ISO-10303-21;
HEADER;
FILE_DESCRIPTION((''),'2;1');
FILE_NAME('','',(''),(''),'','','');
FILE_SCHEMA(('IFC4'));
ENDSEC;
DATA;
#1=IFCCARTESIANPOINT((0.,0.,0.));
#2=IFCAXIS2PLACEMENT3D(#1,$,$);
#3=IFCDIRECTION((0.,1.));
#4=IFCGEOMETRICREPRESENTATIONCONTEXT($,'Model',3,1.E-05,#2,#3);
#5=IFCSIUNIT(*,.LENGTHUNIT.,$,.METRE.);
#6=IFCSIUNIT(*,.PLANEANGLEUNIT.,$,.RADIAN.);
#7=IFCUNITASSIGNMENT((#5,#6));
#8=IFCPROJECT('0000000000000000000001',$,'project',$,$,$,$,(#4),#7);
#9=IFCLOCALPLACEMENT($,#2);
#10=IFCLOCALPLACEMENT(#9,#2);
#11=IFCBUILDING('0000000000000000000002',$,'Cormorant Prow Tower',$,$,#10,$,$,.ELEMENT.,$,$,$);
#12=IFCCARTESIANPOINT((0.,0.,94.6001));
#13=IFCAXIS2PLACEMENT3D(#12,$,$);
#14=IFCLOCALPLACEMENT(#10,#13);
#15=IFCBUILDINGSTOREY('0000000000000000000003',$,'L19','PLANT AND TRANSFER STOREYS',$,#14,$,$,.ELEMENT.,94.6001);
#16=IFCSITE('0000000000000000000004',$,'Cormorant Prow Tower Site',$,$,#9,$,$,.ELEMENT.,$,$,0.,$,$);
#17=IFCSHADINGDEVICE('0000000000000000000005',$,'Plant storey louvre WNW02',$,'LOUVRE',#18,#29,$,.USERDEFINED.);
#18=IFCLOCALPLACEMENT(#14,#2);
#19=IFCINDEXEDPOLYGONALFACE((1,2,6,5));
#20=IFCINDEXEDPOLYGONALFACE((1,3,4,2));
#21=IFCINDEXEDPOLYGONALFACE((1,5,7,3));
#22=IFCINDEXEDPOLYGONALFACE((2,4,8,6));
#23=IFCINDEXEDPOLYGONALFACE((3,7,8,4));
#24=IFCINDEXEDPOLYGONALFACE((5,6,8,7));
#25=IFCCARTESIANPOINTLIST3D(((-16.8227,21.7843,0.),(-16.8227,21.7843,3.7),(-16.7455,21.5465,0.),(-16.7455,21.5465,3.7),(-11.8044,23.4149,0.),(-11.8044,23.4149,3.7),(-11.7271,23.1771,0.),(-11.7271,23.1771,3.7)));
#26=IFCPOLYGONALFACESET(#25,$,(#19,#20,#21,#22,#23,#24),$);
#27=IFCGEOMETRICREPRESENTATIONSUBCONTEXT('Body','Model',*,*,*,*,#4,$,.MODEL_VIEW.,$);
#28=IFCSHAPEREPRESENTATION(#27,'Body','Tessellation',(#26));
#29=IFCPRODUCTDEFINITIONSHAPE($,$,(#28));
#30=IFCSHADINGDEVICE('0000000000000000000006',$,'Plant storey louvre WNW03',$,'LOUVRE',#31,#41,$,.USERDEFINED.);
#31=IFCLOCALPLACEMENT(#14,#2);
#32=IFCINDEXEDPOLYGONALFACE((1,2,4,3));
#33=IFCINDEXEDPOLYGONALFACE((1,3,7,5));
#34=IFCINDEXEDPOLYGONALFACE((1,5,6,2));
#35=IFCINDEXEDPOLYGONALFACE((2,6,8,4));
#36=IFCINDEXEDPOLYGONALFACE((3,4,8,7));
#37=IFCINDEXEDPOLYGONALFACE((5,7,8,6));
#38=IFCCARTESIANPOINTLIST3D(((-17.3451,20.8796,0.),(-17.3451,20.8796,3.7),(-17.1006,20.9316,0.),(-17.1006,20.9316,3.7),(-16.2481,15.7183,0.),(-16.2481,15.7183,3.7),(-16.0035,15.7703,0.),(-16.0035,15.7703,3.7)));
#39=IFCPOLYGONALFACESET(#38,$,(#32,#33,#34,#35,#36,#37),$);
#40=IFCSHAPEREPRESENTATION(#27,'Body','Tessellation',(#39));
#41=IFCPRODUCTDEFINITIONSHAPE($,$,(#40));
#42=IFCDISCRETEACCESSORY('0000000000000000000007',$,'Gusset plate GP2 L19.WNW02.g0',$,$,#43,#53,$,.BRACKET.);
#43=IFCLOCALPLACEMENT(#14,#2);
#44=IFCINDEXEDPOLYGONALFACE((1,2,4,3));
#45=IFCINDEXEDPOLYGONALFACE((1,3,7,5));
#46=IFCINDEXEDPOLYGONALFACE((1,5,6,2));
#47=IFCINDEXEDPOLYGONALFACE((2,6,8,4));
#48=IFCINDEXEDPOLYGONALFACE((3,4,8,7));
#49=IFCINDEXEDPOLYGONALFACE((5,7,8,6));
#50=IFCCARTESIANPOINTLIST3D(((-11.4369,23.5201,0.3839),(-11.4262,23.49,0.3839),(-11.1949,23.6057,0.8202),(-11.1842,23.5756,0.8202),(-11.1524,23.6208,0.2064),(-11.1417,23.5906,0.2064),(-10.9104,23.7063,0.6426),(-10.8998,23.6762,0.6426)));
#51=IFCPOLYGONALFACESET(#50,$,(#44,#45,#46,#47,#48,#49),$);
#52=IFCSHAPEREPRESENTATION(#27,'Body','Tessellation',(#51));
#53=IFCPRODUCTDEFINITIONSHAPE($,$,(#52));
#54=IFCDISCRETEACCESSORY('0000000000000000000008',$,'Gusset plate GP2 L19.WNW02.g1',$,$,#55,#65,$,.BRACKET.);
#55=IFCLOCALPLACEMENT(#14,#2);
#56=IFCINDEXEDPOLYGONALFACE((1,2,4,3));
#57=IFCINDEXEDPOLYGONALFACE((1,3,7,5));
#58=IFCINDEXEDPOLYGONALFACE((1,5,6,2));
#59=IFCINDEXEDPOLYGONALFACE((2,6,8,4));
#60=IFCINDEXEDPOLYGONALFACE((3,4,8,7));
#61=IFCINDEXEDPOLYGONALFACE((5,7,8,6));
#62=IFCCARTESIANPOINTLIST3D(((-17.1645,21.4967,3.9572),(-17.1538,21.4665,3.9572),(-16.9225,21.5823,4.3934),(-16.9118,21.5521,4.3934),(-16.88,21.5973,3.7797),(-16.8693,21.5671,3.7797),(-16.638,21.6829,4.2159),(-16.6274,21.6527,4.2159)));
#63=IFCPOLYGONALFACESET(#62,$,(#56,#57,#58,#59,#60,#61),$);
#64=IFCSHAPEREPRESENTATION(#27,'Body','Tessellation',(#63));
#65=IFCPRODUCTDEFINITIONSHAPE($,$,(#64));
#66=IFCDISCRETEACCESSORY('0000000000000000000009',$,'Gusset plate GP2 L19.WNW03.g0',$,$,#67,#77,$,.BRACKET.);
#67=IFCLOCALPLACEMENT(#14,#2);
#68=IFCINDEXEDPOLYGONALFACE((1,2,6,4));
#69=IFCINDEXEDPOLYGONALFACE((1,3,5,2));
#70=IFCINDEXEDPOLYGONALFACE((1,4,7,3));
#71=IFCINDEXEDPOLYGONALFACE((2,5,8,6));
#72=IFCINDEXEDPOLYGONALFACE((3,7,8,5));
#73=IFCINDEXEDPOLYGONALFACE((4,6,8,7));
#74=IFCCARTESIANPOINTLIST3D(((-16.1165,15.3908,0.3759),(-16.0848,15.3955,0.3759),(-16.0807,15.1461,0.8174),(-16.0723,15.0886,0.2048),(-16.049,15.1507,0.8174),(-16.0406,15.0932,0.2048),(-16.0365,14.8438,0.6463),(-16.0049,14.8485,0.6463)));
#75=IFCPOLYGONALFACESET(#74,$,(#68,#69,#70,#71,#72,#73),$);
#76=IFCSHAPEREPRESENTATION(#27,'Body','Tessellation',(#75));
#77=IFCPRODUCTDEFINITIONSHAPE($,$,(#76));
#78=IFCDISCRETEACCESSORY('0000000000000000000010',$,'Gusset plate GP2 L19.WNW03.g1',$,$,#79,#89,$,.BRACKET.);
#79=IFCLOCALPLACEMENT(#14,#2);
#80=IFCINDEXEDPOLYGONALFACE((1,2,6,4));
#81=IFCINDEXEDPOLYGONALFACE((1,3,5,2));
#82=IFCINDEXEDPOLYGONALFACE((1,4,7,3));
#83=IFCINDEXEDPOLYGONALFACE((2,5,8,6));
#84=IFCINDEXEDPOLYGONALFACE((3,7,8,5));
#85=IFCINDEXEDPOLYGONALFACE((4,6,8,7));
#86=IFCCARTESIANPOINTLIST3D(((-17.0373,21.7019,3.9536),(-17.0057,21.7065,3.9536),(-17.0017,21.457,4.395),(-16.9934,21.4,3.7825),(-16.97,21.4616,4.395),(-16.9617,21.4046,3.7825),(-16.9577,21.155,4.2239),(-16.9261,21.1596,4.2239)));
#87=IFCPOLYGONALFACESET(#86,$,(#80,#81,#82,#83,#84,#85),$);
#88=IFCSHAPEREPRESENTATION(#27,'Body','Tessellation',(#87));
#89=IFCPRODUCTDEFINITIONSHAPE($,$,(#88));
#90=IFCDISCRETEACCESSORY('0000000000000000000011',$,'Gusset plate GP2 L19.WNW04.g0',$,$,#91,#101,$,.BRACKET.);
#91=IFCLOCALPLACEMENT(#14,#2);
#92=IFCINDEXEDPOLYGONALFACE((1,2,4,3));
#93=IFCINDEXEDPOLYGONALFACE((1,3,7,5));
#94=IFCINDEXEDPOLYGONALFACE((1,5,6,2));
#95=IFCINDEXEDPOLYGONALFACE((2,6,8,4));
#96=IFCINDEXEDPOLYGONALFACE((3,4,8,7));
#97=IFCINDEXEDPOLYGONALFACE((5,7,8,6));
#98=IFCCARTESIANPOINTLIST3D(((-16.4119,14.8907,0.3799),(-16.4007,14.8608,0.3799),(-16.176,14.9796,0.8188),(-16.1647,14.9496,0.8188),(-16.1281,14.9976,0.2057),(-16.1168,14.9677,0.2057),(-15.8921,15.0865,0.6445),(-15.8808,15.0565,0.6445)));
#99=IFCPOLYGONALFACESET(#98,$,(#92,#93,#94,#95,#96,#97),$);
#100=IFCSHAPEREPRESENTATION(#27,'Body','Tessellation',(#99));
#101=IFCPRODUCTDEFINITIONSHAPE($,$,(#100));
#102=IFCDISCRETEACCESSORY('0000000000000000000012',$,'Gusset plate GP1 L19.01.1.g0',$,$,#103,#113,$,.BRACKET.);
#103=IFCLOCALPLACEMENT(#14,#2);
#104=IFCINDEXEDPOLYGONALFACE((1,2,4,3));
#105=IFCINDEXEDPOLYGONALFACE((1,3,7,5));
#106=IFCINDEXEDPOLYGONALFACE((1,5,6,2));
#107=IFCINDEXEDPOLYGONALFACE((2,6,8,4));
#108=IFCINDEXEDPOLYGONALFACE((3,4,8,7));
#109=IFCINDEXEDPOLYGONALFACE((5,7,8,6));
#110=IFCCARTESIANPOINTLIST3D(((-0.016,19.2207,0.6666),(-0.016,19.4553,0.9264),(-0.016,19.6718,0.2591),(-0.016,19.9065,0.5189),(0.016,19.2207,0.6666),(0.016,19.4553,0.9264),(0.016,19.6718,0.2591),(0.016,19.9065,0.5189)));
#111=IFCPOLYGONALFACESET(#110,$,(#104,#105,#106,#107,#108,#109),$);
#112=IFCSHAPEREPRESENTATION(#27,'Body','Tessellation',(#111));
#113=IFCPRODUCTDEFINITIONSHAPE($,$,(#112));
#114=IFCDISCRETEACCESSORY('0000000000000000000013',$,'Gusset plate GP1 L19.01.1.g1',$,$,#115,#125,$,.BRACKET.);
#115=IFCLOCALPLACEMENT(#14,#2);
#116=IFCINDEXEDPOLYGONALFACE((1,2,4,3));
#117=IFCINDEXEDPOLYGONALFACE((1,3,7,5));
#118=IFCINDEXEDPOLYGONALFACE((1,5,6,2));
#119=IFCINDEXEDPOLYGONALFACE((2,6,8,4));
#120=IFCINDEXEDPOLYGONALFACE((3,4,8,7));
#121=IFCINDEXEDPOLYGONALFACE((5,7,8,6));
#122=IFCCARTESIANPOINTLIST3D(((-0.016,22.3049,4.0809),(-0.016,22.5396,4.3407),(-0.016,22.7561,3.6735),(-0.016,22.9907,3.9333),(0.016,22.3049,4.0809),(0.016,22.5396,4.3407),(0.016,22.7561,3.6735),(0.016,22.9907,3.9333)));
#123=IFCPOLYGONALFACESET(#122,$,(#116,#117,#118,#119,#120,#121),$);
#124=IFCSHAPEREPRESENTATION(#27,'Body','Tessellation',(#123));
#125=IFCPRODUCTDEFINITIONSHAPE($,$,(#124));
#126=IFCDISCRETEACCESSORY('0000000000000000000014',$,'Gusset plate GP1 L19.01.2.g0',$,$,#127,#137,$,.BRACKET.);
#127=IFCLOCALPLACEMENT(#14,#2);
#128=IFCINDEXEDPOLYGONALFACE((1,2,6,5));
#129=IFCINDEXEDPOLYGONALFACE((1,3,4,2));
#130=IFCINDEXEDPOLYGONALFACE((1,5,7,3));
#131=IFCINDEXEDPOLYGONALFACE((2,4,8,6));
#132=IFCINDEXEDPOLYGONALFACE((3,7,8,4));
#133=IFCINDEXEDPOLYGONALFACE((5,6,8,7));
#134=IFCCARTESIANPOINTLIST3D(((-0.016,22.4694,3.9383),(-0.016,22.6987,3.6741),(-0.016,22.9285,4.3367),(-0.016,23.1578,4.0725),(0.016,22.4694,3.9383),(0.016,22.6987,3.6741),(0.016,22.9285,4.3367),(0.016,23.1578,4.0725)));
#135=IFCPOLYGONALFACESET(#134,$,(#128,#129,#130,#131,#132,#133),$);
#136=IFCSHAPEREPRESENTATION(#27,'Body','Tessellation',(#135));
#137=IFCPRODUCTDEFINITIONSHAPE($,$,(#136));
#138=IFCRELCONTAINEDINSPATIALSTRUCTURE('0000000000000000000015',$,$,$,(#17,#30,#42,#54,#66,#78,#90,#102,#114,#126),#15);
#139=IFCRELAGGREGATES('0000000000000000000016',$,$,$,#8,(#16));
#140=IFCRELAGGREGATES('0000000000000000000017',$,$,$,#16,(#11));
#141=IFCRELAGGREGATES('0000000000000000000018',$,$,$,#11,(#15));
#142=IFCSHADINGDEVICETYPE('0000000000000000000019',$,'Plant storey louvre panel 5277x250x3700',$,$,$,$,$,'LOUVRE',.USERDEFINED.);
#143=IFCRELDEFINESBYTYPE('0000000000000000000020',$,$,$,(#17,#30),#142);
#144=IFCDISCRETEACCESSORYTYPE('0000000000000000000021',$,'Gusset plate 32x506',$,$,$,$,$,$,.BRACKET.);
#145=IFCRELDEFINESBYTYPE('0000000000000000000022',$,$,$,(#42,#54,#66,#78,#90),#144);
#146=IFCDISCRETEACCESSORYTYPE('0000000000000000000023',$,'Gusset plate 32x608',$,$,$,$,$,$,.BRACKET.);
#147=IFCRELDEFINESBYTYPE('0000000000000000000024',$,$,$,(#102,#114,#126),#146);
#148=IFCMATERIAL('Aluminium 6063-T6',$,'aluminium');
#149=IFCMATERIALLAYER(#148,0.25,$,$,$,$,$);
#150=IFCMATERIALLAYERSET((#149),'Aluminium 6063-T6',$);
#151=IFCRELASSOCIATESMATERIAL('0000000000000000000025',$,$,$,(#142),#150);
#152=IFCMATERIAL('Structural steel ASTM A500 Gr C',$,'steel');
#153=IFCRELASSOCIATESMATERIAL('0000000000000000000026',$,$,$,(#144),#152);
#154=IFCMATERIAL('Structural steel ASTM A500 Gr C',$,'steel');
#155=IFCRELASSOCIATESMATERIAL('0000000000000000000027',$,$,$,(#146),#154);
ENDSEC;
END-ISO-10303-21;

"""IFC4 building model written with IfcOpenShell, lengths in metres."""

from ifc_helpers import new_model, si_unit, direction, frame, origin, origin_2d, place, context, subcontext, project, spatial, rectangle, extrude, material, layer, layer_set, material_profile, profile_set, type_object, element, save


model = new_model("IFC4")

# Units and contexts
model_context = context("Model", 3, precision=1e-05, world=origin(), true_north=direction((0.0, 1.0)))
body_context = subcontext(model_context, "Body", "Model", "MODEL_VIEW")
ifc_project = project(units=[si_unit("LENGTHUNIT", "METRE"), si_unit("PLANEANGLEUNIT", "RADIAN")], contexts=[model_context])

# Site, building, storey
site_placement = place(None, origin())
site = spatial("IfcSite", under=ifc_project, at=site_placement, Name="Cormorant Prow Tower Site", CompositionType="ELEMENT", RefElevation=0.0)
building_placement = place(site_placement, origin())
building = spatial("IfcBuilding", under=site, at=building_placement, Name="Cormorant Prow Tower", CompositionType="ELEMENT")
storey_placement = place(building_placement, frame((0.0, 0.0, 94.6001)))
storey = spatial("IfcBuildingStorey", under=building, at=storey_placement, Name="L19", Description="PLANT AND TRANSFER STOREYS", CompositionType="ELEMENT", Elevation=94.6001)

# Shading devices
ifc_material_1 = material(Name="Aluminium 6063-T6", Category="aluminium")
ifc_layer_1 = layer(ifc_material_1, 0.25)
ifc_layer_set_1 = layer_set([ifc_layer_1], Name="Aluminium 6063-T6")
shading_device_type = type_object("IfcShadingDeviceType", Name="Plant storey louvre panel 5277x250x3700", ElementType="LOUVRE", PredefinedType="USERDEFINED", material=ifc_layer_set_1)
for number, where, z_axis, x_axis, name in (
    (1, (-14.2749, 22.4807, 0.0), (0.0, 0.0, 1.0), (-0.951057, -0.309017, 0.0), "Plant storey louvre WNW02"),
    (2, (-16.6743, 18.325, 0.0), (0.0, 0.0, 1.0), (0.207912, -0.978148, 0.0), "Plant storey louvre WNW03"),
):
    element("IfcShadingDevice", number, at=place(storey_placement, frame(where, z_axis=z_axis, x_axis=x_axis)), inside=storey, type_object=shading_device_type, Name=name, ObjectType="LOUVRE", PredefinedType="USERDEFINED", context=body_context, shape_type="SweptSolid", body=[
        extrude(rectangle(XDim=5.2766, YDim=0.25, at=origin_2d()), origin(), (0.0, 0.0, 1.0), 3.7),
    ])

# Discrete accessories
ifc_material_2 = material(Name="Structural steel ASTM A500 Gr C", Category="steel")
ifc_material_profile_1 = material_profile(ifc_material_2, rectangle(XDim=0.032, YDim=0.5061, at=origin_2d()), Name="Gusset plate 32x506")
ifc_profile_set_1 = profile_set([ifc_material_profile_1], Name="Structural steel ASTM A500 Gr C")
discrete_accessory_type_1 = type_object("IfcDiscreteAccessoryType", Name="Gusset plate 32x506", PredefinedType="BRACKET", material=ifc_profile_set_1)
for number, where, z_axis, x_axis, name in (
    (3, (-11.3105, 23.5479, 0.6021), (0.812582, 0.287368, -0.507079), (-0.333413, 0.942781, 0.0), "Gusset plate GP2 L19.WNW02.g0"),
    (4, (-16.7537, 21.625, 3.9978), (-0.812582, -0.287368, 0.507079), (0.333413, -0.942781, 0.0), "Gusset plate GP2 L19.WNW02.g1"),
    (5, (-16.0828, 15.2708, 0.5967), (0.126207, -0.863225, -0.488789), (0.989481, 0.144666, 0.0), "Gusset plate GP2 L19.WNW03.g0"),
):
    element("IfcDiscreteAccessory", number, at=place(storey_placement, frame(where, z_axis=z_axis, x_axis=x_axis)), inside=storey, type_object=discrete_accessory_type_1, Name=name, PredefinedType="BRACKET", context=body_context, shape_type="SweptSolid", body=[
        extrude(rectangle(XDim=0.032, YDim=0.5061, at=origin_2d()), origin(), (0.0, 0.0, 1.0), 0.3501),
    ])
for number, where, z_axis, x_axis, name in (
    (6, (-16.9597, 21.2798, 4.0032), (-0.125596, 0.863123, 0.489126), (-0.989578, -0.143997, 0.0), "Gusset plate GP2 L19.WNW03.g1"),
    (7, (-16.2883, 14.9202, 0.5994), (0.811442, 0.305599, -0.498168), (-0.352446, 0.935832, 0.0), "Gusset plate GP2 L19.WNW04.g0"),
):
    element("IfcDiscreteAccessory", number, at=place(storey_placement, frame(where, z_axis=z_axis, x_axis=x_axis)), inside=storey, type_object=discrete_accessory_type_1, Name=name, PredefinedType="BRACKET", context=body_context, shape_type="SweptSolid", body=[
        extrude(rectangle(XDim=0.032, YDim=0.5061, at=origin_2d()), origin(), (0.0, 0.0, 1.0), 0.3499),
    ])
ifc_material_3 = material(Name="Structural steel ASTM A500 Gr C", Category="steel")
ifc_material_profile_2 = material_profile(ifc_material_3, rectangle(XDim=0.032, YDim=0.6079, at=origin_2d()), Name="Gusset plate 32x608")
ifc_profile_set_2 = profile_set([ifc_material_profile_2], Name="Structural steel ASTM A500 Gr C")
discrete_accessory_type_2 = type_object("IfcDiscreteAccessoryType", Name="Gusset plate 32x608", PredefinedType="BRACKET", material=ifc_profile_set_2)
for number, where, z_axis, x_axis, name in (
    (8, (0.0, 19.6809, 0.7227), (0.0, -0.670274, -0.742114), (1.0, 0.0, 0.0), "Gusset plate GP1 L19.01.1.g0"),
    (9, (0.0, 22.5305, 3.8772), (0.0, 0.670274, 0.742114), (-1.0, 0.0, 0.0), "Gusset plate GP1 L19.01.1.g1"),
):
    element("IfcDiscreteAccessory", number, at=place(storey_placement, frame(where, z_axis=z_axis, x_axis=x_axis)), inside=storey, type_object=discrete_accessory_type_2, Name=name, PredefinedType="BRACKET", context=body_context, shape_type="SweptSolid", body=[
        extrude(rectangle(XDim=0.032, YDim=0.6079, at=origin_2d()), origin(), (0.0, 0.0, 1.0), 0.3501),
    ])
discrete_accessory_placement = place(storey_placement, frame((0.0, 22.9282, 3.8733), z_axis=(0.0, -0.655435, 0.755251), x_axis=(1.0, 0.0, 0.0)))
element("IfcDiscreteAccessory", 10, at=discrete_accessory_placement, inside=storey, type_object=discrete_accessory_type_2, Name="Gusset plate GP1 L19.01.2.g0", PredefinedType="BRACKET", context=body_context, shape_type="SweptSolid", body=[
    extrude(rectangle(XDim=0.032, YDim=0.6079, at=origin_2d()), origin(), (0.0, 0.0, 1.0), 0.3499),
])

save(model, "model.ifc")
